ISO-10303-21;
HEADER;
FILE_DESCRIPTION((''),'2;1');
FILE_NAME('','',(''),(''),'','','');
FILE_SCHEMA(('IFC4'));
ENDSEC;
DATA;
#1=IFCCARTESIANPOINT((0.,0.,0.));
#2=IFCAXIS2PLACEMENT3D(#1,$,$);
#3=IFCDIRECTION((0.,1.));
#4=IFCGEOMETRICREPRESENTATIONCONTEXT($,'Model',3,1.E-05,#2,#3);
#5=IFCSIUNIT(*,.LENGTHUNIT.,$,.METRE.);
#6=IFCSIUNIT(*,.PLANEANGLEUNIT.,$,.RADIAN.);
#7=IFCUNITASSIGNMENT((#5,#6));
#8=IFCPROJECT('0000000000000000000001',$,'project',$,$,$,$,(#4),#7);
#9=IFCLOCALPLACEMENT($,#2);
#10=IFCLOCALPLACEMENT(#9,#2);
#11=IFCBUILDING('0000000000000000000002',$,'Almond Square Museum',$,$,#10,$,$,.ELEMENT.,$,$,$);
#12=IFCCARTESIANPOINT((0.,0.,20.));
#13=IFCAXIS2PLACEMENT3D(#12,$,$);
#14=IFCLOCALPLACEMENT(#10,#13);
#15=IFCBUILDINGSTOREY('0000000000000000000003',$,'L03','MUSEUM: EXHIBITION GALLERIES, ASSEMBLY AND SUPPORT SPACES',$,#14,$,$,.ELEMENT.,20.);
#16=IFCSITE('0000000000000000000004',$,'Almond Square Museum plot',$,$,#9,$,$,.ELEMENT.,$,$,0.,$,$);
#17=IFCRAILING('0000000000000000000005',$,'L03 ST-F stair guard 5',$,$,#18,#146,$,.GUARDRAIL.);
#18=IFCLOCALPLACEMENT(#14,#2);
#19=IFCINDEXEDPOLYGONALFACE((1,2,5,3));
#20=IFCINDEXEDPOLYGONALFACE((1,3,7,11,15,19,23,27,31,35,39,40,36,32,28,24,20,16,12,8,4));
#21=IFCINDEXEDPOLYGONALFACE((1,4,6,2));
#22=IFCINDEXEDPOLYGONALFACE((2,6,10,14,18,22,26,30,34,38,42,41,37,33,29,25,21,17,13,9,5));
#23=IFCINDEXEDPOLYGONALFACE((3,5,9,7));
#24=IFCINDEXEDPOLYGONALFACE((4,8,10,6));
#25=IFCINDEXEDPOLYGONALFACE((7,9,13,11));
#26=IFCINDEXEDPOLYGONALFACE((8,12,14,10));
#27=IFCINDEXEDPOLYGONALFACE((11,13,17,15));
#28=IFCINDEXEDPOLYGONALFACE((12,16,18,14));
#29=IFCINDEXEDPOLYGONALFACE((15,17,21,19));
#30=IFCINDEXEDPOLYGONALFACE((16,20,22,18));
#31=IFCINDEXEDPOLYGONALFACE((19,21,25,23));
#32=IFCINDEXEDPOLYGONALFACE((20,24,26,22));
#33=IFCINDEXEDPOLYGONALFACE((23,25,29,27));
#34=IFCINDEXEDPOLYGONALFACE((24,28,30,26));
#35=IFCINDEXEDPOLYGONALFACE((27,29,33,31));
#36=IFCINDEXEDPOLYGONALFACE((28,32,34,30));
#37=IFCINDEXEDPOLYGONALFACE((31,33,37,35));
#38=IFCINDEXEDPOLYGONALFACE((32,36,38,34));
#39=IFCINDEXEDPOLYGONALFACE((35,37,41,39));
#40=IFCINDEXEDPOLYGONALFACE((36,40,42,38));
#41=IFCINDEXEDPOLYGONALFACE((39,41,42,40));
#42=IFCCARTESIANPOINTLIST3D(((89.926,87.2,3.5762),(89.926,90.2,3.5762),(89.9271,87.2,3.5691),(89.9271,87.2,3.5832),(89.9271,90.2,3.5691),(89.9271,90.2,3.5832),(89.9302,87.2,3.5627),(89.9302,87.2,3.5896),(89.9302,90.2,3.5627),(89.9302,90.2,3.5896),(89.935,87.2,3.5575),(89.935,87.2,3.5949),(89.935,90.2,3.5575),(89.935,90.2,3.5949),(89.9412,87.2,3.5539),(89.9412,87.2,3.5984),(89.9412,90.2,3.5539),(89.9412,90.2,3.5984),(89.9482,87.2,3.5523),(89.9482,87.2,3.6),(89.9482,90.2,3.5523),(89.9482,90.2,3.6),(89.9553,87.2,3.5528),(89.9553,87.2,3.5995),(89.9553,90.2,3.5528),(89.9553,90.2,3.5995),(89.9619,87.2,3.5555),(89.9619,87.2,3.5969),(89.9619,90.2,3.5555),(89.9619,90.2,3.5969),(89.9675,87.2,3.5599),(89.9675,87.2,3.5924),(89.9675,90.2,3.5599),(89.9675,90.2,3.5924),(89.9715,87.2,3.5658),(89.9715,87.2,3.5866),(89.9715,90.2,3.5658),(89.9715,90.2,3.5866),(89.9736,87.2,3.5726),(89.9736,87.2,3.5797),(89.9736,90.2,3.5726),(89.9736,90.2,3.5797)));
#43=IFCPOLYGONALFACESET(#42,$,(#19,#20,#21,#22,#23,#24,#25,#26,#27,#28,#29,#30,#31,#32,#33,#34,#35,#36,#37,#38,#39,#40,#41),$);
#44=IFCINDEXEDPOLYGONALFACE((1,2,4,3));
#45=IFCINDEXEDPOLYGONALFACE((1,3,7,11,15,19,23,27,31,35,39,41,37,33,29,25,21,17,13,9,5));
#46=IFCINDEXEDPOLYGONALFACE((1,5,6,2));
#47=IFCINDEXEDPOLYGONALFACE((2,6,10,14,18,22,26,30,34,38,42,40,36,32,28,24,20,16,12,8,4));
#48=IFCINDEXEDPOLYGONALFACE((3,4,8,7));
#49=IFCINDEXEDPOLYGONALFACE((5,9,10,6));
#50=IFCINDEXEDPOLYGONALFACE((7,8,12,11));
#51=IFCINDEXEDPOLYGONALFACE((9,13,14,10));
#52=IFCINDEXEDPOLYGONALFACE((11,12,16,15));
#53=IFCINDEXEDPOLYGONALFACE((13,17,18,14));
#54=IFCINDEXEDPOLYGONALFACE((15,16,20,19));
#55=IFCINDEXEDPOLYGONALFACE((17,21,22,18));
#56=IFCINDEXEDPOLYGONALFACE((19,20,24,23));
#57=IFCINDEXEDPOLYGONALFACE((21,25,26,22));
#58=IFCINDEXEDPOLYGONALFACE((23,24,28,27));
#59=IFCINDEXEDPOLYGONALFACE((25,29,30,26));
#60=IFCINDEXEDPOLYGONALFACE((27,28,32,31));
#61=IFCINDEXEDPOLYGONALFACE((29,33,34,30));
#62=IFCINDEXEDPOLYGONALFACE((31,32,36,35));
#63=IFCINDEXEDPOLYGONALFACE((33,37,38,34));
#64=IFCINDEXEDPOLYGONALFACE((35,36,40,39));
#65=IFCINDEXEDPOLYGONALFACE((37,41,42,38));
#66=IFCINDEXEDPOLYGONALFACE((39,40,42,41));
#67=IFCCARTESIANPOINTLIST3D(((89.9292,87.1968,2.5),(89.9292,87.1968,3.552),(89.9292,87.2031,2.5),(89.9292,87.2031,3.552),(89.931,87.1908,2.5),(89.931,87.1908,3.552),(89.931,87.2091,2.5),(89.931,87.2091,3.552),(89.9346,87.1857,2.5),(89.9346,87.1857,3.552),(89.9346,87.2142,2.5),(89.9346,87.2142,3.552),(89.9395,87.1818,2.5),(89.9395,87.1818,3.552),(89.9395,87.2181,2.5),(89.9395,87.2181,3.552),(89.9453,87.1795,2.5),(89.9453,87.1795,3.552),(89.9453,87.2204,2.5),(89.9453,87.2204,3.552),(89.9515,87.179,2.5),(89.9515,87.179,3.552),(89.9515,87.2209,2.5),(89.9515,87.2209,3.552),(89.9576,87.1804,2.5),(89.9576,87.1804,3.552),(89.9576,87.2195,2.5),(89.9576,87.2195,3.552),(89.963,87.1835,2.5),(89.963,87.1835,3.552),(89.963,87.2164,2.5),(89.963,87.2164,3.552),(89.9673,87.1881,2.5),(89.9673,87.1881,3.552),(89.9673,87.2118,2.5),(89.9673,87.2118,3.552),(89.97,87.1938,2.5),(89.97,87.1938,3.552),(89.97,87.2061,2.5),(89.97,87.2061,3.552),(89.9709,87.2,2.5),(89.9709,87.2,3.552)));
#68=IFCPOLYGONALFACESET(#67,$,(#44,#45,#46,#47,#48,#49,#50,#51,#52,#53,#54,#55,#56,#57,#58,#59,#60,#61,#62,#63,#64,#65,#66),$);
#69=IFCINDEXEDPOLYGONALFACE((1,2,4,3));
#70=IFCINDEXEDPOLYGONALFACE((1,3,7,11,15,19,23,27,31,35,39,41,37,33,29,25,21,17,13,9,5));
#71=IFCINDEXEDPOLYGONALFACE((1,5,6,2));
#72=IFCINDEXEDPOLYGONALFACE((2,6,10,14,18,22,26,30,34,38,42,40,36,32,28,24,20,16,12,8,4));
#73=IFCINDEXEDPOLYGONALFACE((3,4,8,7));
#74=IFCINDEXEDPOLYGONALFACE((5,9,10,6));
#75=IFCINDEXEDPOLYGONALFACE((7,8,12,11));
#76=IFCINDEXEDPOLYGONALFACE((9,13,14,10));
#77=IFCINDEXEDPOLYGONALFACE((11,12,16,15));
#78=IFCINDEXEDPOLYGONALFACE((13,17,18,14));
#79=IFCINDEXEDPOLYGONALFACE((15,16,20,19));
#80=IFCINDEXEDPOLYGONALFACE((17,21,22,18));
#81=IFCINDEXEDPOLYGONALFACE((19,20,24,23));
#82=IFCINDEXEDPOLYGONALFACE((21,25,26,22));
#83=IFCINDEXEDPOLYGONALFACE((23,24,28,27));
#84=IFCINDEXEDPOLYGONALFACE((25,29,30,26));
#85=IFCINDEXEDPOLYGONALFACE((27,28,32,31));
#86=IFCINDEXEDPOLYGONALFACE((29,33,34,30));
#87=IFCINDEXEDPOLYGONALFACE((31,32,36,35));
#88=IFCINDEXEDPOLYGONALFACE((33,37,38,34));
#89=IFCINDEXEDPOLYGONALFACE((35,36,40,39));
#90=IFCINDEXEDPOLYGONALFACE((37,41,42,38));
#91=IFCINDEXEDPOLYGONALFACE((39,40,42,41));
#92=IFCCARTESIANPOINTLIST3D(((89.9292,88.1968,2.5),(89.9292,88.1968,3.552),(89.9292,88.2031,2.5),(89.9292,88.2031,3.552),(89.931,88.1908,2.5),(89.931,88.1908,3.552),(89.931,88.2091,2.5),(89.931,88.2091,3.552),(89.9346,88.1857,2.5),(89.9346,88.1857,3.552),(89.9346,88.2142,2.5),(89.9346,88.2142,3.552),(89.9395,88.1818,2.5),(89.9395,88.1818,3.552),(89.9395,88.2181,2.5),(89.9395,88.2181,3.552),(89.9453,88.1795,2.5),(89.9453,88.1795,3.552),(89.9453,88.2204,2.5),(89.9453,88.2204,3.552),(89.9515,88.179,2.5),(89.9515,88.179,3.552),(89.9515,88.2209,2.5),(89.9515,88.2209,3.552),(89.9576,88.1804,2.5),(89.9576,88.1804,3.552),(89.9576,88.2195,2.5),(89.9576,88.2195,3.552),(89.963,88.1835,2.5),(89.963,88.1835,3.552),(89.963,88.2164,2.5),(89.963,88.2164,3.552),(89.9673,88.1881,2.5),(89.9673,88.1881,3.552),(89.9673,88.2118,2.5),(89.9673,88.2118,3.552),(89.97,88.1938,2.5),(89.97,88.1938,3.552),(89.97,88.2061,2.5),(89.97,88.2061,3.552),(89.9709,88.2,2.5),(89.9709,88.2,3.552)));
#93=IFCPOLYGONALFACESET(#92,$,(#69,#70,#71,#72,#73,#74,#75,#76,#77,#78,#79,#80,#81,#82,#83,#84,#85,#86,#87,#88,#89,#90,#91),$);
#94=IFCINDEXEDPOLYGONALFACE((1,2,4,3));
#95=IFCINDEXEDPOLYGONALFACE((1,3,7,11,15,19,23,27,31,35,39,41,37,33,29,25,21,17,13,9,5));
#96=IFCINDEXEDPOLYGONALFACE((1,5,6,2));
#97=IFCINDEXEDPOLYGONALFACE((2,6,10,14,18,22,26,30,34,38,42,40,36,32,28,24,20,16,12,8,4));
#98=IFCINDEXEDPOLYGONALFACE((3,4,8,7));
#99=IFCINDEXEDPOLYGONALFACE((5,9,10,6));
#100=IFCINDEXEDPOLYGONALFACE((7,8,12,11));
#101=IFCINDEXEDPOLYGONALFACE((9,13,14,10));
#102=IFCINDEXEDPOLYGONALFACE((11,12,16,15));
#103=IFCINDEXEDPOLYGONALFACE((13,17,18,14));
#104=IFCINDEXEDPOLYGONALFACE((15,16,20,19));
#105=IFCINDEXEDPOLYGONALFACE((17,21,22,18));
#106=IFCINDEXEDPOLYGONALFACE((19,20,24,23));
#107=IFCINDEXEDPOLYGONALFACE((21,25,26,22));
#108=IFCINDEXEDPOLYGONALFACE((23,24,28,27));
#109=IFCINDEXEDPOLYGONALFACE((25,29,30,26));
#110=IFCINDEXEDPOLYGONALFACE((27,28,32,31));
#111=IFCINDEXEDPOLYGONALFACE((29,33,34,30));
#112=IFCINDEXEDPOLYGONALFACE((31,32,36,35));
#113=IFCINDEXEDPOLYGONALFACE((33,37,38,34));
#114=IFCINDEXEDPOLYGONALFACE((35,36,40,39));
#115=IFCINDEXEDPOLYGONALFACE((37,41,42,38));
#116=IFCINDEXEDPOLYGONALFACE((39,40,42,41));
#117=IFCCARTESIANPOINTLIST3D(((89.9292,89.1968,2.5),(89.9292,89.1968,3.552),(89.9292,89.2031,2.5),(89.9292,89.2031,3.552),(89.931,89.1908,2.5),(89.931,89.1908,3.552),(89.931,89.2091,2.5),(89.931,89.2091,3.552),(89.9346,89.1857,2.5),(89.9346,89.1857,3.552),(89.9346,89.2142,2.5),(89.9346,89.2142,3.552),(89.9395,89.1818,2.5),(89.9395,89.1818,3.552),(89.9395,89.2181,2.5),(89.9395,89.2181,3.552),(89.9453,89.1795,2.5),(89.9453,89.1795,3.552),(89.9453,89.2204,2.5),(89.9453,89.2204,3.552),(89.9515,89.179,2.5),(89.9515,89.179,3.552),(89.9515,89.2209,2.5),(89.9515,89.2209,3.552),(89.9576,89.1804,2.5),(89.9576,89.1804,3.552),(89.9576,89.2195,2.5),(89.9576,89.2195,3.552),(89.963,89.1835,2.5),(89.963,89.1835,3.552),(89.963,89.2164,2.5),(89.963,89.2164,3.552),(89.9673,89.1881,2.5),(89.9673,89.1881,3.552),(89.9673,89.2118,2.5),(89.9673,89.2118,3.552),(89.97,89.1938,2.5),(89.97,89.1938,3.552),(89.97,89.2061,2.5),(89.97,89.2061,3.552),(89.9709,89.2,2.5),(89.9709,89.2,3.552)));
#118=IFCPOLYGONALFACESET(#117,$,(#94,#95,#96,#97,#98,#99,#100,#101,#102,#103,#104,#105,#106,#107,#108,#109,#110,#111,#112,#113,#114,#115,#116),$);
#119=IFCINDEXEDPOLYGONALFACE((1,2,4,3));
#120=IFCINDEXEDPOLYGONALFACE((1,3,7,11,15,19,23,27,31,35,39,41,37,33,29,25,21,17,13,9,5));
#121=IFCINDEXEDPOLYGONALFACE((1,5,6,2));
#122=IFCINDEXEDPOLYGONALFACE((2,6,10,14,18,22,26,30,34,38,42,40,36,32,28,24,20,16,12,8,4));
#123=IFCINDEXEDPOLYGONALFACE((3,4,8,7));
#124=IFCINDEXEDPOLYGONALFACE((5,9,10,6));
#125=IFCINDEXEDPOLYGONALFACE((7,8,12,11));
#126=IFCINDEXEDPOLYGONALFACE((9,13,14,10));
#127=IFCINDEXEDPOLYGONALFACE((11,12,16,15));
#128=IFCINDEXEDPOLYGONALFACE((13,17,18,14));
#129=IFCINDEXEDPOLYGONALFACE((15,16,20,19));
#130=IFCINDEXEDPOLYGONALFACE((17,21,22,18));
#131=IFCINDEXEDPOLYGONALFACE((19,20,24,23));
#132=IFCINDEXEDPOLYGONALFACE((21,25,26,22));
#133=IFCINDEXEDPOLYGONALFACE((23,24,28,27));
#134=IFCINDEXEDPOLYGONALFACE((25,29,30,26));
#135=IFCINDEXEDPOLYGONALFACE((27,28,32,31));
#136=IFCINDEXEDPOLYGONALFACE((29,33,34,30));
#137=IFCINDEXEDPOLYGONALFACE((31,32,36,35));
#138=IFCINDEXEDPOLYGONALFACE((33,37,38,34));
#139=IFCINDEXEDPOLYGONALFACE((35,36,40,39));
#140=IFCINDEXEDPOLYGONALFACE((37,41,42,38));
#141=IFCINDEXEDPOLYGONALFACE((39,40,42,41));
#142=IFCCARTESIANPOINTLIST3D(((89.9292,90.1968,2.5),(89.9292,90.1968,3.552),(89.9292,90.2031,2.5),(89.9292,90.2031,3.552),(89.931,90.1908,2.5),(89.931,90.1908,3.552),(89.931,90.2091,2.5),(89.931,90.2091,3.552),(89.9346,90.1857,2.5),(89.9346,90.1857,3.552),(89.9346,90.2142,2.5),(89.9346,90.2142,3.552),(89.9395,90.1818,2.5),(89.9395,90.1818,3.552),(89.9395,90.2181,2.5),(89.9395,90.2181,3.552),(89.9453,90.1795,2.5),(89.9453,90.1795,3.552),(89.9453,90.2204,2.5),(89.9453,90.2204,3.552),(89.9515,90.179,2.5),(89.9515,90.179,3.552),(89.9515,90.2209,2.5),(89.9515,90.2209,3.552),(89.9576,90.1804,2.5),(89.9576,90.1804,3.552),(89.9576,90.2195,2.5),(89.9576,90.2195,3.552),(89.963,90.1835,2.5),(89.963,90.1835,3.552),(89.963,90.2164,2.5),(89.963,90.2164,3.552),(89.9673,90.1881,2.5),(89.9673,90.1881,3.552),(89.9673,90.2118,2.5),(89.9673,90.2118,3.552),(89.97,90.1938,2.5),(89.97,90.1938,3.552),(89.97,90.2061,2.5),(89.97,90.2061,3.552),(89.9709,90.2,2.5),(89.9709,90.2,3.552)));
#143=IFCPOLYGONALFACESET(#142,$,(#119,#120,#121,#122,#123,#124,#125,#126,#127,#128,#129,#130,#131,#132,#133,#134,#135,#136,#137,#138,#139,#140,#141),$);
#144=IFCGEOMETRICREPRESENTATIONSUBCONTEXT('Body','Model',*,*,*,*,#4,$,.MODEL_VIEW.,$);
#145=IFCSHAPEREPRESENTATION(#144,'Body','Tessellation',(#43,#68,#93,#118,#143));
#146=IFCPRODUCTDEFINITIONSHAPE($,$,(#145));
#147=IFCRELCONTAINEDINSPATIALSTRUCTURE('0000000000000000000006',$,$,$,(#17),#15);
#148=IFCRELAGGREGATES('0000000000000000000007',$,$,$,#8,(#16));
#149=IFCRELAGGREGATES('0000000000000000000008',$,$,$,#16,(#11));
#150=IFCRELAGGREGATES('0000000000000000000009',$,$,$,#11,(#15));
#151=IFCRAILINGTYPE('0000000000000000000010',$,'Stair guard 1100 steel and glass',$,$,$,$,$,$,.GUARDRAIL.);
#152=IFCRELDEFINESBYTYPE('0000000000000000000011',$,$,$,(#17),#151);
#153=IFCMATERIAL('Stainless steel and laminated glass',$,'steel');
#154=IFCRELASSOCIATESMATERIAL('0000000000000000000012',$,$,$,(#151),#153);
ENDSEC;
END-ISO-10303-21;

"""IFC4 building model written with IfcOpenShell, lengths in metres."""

from ifc_helpers import new_model, si_unit, direction, frame, origin, origin_2d, place, context, subcontext, project, spatial, circle, extrude, material, type_object, element, save


model = new_model("IFC4")

# Units and contexts
model_context = context("Model", 3, precision=1e-05, world=origin(), true_north=direction((0.0, 1.0)))
body_context = subcontext(model_context, "Body", "Model", "MODEL_VIEW")
ifc_project = project(units=[si_unit("LENGTHUNIT", "METRE"), si_unit("PLANEANGLEUNIT", "RADIAN")], contexts=[model_context])

# Site, building, storey
site_placement = place(None, origin())
site = spatial("IfcSite", under=ifc_project, at=site_placement, Name="Almond Square Museum plot", CompositionType="ELEMENT", RefElevation=0.0)
building_placement = place(site_placement, origin())
building = spatial("IfcBuilding", under=site, at=building_placement, Name="Almond Square Museum", CompositionType="ELEMENT")
storey_placement = place(building_placement, frame((0.0, 0.0, 20.0)))
storey = spatial("IfcBuildingStorey", under=building, at=storey_placement, Name="L03", Description="MUSEUM: EXHIBITION GALLERIES, ASSEMBLY AND SUPPORT SPACES", CompositionType="ELEMENT", Elevation=20.0)

# Railing
ifc_material_1 = material(Name="Stainless steel and laminated glass", Category="steel")
railing_type = type_object("IfcRailingType", Name="Stair guard 1100 steel and glass", PredefinedType="GUARDRAIL", material=ifc_material_1)
railing_1_placement = place(storey_placement, frame((89.95, 87.2, 2.5)))
element("IfcRailing", 1, at=railing_1_placement, inside=storey, type_object=railing_type, Name="L03 ST-F stair guard 5", PredefinedType="GUARDRAIL", context=body_context, shape_type="SweptSolid", body=[
    extrude(circle(Radius=0.0239, at=origin_2d()), frame((0.0, 0.0, 1.0762), z_axis=(0.0, 1.0, 0.0), x_axis=(-1.0, 0.0, 0.0)), (0.0, 0.0, 1.0), 3.0),
    extrude(circle(Radius=0.021, at=origin_2d()), origin(), (0.0, 0.0, 1.0), 1.052),
    extrude(circle(Radius=0.021, at=origin_2d()), frame((0.0, 1.0, 0.0)), (0.0, 0.0, 1.0), 1.052),
    extrude(circle(Radius=0.021, at=origin_2d()), frame((0.0, 2.0, 0.0)), (0.0, 0.0, 1.0), 1.052),
    extrude(circle(Radius=0.021, at=origin_2d()), frame((0.0, 3.0, 0.0)), (0.0, 0.0, 1.0), 1.052),
])

save(model, "model.ifc")
